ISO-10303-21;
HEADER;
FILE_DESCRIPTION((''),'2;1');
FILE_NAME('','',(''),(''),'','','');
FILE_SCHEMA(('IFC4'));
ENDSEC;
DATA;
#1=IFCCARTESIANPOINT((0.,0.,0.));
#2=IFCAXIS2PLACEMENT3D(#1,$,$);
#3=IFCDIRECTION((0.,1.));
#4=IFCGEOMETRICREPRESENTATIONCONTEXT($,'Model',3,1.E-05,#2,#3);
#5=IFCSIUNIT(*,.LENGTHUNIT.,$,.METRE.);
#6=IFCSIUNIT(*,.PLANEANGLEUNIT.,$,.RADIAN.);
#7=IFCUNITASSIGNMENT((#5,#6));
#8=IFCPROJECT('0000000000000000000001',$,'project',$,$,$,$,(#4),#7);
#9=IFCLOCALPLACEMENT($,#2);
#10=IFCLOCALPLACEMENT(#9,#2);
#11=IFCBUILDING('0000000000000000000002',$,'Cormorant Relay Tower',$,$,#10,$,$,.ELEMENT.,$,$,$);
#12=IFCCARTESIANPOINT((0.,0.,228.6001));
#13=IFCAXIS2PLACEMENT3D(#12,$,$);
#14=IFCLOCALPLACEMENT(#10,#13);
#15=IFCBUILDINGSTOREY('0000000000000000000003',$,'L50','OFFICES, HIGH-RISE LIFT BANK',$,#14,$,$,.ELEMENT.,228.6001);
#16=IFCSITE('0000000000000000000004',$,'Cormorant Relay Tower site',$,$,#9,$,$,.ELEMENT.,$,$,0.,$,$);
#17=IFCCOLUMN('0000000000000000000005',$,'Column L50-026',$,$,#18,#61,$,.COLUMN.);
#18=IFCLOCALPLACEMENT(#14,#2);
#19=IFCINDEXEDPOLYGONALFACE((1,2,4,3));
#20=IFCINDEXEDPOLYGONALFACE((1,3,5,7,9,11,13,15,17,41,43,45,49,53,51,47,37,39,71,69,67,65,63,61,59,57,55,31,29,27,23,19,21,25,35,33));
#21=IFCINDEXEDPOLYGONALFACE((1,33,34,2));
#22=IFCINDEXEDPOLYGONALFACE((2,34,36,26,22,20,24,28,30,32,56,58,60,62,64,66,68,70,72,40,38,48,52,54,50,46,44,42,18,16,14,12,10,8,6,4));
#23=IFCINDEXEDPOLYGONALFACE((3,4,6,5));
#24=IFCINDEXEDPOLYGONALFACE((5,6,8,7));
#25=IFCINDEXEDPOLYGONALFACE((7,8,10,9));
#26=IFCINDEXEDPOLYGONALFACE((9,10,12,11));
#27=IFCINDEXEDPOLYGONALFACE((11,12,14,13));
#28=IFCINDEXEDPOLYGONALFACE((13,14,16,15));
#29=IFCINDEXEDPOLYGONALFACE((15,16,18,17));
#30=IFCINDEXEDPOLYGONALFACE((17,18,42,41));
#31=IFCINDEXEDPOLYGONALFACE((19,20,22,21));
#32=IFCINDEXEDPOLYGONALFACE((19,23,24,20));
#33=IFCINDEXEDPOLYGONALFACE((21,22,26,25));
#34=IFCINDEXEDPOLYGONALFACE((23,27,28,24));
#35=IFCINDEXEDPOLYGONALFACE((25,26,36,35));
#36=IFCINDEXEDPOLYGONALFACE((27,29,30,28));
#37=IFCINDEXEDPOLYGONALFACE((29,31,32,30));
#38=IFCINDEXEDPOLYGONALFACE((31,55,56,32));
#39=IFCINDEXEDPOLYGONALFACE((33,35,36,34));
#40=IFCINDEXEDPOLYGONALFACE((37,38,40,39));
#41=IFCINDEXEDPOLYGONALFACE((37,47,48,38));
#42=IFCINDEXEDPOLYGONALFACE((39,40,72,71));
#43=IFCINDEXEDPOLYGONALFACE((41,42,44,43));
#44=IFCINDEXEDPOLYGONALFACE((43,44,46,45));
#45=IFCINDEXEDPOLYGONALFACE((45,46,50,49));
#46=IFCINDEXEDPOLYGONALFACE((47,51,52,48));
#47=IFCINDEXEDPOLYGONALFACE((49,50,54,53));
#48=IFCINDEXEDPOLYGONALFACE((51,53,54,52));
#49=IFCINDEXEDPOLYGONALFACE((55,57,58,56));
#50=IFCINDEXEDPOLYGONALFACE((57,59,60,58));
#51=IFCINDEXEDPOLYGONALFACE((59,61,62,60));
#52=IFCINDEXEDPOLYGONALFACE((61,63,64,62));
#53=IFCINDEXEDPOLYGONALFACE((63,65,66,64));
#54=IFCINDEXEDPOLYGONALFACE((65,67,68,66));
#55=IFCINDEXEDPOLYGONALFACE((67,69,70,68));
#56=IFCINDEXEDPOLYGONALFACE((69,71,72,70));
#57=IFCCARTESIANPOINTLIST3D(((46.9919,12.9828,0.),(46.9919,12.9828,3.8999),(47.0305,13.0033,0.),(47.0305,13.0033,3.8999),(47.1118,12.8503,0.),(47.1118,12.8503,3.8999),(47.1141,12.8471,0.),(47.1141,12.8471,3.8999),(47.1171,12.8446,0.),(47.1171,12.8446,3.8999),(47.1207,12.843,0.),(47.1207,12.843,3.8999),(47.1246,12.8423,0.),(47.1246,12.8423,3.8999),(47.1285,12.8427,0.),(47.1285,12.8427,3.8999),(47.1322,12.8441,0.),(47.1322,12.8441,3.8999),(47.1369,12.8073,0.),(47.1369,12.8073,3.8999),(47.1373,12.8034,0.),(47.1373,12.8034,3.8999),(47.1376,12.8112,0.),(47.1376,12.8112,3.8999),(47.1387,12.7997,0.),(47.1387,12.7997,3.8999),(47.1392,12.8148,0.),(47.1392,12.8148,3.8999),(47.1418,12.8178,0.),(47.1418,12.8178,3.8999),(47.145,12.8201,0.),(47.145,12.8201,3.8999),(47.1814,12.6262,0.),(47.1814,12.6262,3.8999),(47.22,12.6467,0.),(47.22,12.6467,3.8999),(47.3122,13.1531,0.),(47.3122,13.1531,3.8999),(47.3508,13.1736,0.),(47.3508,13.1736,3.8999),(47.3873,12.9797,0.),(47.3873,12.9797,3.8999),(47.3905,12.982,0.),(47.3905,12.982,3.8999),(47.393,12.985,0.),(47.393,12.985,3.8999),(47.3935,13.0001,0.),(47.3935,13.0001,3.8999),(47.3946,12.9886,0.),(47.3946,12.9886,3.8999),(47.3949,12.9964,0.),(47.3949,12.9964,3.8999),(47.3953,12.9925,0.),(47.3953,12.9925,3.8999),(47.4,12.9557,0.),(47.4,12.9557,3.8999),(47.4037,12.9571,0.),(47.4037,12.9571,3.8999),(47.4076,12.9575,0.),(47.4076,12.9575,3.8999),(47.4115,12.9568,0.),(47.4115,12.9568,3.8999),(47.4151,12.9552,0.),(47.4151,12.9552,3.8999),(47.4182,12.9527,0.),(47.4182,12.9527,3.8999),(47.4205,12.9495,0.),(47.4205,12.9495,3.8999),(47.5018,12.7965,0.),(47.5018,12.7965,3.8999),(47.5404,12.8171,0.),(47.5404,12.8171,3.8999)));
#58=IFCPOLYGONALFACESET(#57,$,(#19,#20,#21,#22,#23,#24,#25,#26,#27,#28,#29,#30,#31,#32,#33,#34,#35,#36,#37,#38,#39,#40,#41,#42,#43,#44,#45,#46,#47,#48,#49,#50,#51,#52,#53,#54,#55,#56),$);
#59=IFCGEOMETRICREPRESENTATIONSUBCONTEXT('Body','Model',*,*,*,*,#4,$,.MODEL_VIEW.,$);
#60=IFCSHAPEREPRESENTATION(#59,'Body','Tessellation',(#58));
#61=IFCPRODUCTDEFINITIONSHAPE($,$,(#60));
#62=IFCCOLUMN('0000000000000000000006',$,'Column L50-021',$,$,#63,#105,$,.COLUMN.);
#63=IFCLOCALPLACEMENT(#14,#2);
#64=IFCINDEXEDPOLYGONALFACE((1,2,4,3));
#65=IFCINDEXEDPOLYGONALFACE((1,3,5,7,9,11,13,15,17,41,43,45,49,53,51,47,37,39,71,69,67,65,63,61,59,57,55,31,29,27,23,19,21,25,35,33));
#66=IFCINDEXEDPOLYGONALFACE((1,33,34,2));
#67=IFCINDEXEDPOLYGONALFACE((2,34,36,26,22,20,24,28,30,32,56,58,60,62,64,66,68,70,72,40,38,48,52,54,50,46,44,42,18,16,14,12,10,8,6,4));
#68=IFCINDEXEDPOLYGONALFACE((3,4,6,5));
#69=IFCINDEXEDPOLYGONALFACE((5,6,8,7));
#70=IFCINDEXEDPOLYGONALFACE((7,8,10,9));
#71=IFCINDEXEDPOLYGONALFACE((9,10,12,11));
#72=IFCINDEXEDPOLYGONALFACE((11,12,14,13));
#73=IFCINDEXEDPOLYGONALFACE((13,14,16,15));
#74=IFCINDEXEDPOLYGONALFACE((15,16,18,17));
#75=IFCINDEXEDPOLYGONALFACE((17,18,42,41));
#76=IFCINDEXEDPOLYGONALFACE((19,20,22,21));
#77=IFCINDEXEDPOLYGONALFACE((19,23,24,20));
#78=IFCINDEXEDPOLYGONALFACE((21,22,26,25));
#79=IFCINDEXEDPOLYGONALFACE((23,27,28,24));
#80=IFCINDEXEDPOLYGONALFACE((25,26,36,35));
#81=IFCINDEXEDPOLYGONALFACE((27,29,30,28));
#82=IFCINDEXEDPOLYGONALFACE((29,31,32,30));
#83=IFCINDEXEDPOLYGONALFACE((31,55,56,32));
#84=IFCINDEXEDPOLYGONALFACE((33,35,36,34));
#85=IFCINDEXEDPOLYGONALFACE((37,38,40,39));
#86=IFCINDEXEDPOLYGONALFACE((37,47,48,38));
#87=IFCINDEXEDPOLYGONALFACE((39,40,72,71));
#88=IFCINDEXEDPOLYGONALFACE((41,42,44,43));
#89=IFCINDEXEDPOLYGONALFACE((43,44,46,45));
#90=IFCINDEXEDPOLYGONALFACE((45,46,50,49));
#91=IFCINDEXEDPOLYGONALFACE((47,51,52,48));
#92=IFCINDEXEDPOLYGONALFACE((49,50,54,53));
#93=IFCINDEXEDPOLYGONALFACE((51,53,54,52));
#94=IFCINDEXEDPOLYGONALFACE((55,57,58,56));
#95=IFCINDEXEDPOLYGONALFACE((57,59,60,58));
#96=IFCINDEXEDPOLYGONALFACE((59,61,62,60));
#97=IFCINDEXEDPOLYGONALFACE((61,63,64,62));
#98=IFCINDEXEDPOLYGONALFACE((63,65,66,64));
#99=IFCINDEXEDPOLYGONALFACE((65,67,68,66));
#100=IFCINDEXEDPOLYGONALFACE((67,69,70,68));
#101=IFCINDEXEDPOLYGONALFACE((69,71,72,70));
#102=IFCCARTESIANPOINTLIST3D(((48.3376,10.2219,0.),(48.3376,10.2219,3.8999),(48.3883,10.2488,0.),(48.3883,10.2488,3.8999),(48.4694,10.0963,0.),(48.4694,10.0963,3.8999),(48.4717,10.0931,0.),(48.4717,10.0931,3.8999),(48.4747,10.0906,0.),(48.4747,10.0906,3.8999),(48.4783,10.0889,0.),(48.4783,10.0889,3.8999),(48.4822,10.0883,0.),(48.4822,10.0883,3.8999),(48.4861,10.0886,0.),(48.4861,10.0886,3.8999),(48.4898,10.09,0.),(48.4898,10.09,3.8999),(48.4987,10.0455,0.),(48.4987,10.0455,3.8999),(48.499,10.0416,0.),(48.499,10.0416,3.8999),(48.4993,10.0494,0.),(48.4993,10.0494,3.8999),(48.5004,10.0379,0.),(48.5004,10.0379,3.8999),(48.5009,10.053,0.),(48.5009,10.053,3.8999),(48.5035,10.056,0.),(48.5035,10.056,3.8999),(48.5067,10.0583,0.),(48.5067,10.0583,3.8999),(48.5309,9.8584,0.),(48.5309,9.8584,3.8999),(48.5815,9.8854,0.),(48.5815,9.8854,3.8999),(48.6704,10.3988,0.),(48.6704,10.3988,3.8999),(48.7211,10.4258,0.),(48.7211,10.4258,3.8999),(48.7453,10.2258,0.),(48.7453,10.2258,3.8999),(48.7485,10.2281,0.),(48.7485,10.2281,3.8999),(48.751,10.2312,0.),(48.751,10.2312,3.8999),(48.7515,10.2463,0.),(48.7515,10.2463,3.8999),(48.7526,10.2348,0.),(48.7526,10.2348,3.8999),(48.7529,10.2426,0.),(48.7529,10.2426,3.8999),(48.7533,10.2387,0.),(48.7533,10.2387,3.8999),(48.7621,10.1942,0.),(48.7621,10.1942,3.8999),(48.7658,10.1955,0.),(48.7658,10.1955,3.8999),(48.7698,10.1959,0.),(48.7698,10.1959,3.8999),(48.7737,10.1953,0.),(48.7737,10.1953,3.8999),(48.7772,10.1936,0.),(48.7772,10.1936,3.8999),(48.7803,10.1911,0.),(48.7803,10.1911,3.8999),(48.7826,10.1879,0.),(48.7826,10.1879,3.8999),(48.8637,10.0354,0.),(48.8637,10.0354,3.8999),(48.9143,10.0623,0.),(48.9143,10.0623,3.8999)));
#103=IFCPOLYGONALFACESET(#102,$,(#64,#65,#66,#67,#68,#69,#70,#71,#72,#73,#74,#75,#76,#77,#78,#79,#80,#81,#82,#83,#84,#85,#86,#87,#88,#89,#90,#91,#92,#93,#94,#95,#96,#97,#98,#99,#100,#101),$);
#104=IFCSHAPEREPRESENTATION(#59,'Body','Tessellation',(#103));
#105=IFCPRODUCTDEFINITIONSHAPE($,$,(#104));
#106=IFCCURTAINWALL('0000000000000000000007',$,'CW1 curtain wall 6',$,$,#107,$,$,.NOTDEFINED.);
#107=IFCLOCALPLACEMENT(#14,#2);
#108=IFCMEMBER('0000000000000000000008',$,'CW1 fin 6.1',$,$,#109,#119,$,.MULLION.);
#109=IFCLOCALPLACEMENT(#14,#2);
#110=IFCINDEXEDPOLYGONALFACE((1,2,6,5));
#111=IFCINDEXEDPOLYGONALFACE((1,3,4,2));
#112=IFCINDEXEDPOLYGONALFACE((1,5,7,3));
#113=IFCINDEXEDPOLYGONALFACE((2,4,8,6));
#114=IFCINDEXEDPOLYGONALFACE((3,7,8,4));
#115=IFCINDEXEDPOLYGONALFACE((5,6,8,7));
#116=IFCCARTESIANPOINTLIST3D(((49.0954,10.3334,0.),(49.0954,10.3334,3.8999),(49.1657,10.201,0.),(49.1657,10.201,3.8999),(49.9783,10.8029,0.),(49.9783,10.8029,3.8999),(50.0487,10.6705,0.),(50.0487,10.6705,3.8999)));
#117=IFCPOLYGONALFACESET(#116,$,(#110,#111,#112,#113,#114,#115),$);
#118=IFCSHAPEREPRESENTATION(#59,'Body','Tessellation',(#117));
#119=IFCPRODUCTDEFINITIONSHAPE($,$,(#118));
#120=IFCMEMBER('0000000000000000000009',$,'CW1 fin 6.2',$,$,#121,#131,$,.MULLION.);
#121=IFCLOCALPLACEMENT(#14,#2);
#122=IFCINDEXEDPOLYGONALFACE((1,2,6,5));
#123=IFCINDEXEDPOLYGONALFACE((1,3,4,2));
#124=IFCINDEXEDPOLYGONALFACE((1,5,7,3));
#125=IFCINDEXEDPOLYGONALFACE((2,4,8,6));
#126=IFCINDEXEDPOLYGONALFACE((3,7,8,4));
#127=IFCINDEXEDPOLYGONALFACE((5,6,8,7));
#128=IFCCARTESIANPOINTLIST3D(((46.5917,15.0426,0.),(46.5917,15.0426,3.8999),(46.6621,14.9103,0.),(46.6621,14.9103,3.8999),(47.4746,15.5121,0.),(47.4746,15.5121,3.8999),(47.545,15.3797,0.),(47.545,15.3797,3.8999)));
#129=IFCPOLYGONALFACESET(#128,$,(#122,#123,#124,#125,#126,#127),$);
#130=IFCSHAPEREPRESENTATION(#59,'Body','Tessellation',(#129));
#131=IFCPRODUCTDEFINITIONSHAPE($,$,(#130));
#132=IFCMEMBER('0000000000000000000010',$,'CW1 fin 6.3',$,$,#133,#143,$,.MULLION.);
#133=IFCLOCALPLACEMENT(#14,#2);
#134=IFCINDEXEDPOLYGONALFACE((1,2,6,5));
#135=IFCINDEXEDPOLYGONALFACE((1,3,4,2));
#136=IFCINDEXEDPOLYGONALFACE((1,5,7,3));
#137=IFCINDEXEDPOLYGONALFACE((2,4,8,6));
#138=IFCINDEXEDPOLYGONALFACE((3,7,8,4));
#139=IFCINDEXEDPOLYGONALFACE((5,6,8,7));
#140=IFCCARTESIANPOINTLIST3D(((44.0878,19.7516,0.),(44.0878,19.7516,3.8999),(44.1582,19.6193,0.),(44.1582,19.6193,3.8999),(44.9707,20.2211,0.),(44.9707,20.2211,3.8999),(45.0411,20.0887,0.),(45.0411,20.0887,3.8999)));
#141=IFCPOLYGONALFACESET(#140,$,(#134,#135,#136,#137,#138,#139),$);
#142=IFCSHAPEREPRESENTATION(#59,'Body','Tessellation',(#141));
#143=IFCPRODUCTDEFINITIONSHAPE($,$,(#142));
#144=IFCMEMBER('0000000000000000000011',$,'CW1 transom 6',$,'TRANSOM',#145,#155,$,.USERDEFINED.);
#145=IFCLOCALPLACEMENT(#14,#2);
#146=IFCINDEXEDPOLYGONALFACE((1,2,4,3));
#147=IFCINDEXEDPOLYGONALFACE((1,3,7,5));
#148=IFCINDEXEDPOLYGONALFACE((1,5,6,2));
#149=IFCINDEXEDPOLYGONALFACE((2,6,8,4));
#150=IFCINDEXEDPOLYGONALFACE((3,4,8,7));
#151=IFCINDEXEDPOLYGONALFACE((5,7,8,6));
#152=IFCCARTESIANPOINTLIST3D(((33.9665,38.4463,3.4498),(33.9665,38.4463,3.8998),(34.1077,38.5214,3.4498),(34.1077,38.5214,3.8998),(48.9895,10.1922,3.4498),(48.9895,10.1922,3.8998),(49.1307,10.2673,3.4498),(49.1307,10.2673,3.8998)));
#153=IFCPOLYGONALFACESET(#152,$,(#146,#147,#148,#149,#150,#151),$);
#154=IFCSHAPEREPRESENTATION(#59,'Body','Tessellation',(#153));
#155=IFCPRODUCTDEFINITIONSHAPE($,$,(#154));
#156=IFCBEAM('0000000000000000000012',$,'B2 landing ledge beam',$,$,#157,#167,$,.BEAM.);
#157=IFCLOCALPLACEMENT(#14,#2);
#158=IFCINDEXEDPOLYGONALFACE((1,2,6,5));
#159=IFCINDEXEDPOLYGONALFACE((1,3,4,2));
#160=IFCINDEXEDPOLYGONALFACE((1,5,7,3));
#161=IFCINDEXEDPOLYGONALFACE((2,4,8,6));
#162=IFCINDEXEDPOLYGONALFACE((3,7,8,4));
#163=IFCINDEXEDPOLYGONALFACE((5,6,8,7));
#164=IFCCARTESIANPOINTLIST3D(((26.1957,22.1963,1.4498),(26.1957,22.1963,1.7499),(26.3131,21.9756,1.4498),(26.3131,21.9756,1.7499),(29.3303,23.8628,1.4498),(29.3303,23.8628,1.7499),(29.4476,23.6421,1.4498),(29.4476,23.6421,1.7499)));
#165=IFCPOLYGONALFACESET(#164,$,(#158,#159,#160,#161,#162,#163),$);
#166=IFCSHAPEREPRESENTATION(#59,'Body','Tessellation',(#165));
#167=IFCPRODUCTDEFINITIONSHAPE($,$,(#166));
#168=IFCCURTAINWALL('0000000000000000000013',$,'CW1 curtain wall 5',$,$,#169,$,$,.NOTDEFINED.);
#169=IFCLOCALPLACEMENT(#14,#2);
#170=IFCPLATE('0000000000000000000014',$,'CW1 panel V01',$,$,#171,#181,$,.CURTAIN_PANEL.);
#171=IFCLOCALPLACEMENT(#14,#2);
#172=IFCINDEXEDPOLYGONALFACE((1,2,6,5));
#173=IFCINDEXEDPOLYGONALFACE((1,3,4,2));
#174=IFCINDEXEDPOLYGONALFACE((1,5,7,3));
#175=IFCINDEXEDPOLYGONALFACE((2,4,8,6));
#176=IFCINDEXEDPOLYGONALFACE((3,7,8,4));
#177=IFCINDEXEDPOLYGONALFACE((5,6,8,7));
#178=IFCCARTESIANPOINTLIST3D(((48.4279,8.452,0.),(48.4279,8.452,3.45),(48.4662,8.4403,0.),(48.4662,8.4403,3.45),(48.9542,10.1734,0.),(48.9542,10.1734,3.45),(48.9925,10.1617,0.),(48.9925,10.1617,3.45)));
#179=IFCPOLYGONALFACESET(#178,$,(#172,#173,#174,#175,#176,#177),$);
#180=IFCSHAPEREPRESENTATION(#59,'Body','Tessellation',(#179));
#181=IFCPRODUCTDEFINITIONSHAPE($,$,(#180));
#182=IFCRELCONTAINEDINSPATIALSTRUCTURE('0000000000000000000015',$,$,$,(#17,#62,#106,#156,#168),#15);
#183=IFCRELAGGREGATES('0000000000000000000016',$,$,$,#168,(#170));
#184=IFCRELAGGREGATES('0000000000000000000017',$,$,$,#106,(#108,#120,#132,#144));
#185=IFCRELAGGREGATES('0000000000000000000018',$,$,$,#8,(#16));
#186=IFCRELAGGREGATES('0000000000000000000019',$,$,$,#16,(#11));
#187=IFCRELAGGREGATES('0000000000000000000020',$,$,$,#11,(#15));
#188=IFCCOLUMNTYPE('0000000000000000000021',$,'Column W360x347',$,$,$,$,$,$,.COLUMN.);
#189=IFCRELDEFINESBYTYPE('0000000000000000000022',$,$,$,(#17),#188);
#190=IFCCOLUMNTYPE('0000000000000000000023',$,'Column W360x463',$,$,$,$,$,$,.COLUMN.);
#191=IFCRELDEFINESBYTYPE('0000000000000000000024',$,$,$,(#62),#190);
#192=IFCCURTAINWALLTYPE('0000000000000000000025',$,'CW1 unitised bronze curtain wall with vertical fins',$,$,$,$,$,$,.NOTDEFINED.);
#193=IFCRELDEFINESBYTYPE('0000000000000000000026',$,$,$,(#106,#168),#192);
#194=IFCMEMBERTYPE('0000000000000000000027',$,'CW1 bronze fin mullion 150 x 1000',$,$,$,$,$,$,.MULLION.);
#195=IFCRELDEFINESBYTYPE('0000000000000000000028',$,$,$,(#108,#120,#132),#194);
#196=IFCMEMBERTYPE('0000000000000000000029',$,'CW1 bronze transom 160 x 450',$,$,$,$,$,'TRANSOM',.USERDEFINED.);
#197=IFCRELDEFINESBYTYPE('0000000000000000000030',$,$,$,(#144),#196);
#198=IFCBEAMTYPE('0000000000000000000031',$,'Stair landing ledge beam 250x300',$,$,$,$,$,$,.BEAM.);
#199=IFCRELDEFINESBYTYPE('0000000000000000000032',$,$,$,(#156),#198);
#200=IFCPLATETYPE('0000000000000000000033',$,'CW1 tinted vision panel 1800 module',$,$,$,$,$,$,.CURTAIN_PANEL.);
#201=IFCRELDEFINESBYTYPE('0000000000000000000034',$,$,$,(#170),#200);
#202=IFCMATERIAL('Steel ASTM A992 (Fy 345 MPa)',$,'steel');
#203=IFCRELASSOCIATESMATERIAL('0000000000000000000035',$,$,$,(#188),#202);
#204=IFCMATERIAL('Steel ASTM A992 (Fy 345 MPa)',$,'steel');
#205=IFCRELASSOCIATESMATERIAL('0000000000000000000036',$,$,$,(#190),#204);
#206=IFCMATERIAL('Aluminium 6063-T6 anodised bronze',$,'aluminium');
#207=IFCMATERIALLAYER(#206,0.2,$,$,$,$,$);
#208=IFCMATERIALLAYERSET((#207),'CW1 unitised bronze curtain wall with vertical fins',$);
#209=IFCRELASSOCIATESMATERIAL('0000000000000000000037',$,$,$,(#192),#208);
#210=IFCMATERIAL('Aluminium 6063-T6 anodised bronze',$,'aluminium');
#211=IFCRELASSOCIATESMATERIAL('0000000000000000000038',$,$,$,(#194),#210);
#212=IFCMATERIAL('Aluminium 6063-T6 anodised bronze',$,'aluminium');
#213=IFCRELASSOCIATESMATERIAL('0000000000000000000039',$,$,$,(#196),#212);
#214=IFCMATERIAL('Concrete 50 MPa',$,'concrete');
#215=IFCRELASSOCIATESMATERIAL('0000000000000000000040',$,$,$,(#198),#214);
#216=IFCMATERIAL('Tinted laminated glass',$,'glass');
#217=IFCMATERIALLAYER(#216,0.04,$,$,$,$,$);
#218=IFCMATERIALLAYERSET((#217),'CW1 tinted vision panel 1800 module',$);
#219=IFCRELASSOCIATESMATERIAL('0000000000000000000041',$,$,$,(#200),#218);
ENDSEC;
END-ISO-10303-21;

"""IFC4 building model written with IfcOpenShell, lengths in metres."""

from ifc_helpers import new_model, si_unit, direction, frame, origin, origin_2d, place, context, subcontext, project, spatial, rectangle, i_section, extrude, material, layer, layer_set, material_profile, profile_set, type_object, element, aggregate, save


model = new_model("IFC4")

# Units and contexts
model_context = context("Model", 3, precision=1e-05, world=origin(), true_north=direction((0.0, 1.0)))
body_context = subcontext(model_context, "Body", "Model", "MODEL_VIEW")
ifc_project = project(units=[si_unit("LENGTHUNIT", "METRE"), si_unit("PLANEANGLEUNIT", "RADIAN")], contexts=[model_context])

# Site, building, storey
site_placement = place(None, origin())
site = spatial("IfcSite", under=ifc_project, at=site_placement, Name="Cormorant Relay Tower site", CompositionType="ELEMENT", RefElevation=0.0)
building_placement = place(site_placement, origin())
building = spatial("IfcBuilding", under=site, at=building_placement, Name="Cormorant Relay Tower", CompositionType="ELEMENT")
storey_placement = place(building_placement, frame((0.0, 0.0, 228.6001)))
storey = spatial("IfcBuildingStorey", under=building, at=storey_placement, Name="L50", Description="OFFICES, HIGH-RISE LIFT BANK", CompositionType="ELEMENT", Elevation=228.6001)

# Columns
ifc_material_1 = material(Name="Steel ASTM A992 (Fy 345 MPa)", Category="steel")
ifc_material_profile_1 = material_profile(ifc_material_1, i_section(OverallWidth=0.4038, OverallDepth=0.4065, WebThickness=0.0271, FlangeThickness=0.0437, FilletRadius=0.0151, at=origin_2d()), Name="W360x347")
ifc_profile_set_1 = profile_set([ifc_material_profile_1], Name="Steel ASTM A992 (Fy 345 MPa)")
column_type_1 = type_object("IfcColumnType", Name="Column W360x347", PredefinedType="COLUMN", material=ifc_profile_set_1)
column_1_placement = place(storey_placement, frame((47.2661, 12.8999, 0.0), z_axis=(0.0, 0.0, 1.0), x_axis=(-0.469472, 0.882948, 0.0)))
element("IfcColumn", 1, at=column_1_placement, inside=storey, type_object=column_type_1, Name="Column L50-026", PredefinedType="COLUMN", context=body_context, shape_type="SweptSolid", body=[
    extrude(i_section(OverallWidth=0.4038, OverallDepth=0.4065, WebThickness=0.0271, FlangeThickness=0.0437, FilletRadius=0.0151, at=origin_2d()), origin(), (0.0, 0.0, 1.0), 3.8999),
])
ifc_material_2 = material(Name="Steel ASTM A992 (Fy 345 MPa)", Category="steel")
ifc_material_profile_2 = material_profile(ifc_material_2, i_section(OverallWidth=0.4116, OverallDepth=0.4343, WebThickness=0.0359, FlangeThickness=0.0574, FilletRadius=0.0151, at=origin_2d()), Name="W360x463")
ifc_profile_set_2 = profile_set([ifc_material_profile_2], Name="Steel ASTM A992 (Fy 345 MPa)")
column_type_2 = type_object("IfcColumnType", Name="Column W360x463", PredefinedType="COLUMN", material=ifc_profile_set_2)
column_2_placement = place(storey_placement, frame((48.626, 10.1421, 0.0), z_axis=(0.0, 0.0, 1.0), x_axis=(-0.469472, 0.882948, 0.0)))
element("IfcColumn", 2, at=column_2_placement, inside=storey, type_object=column_type_2, Name="Column L50-021", PredefinedType="COLUMN", context=body_context, shape_type="SweptSolid", body=[
    extrude(i_section(OverallWidth=0.4116, OverallDepth=0.4343, WebThickness=0.0359, FlangeThickness=0.0574, FilletRadius=0.0151, at=origin_2d()), origin(), (0.0, 0.0, 1.0), 3.8999),
])

# Curtain wall, members
ifc_material_3 = material(Name="Aluminium 6063-T6 anodised bronze", Category="aluminium")
ifc_layer_1 = layer(ifc_material_3, 0.2)
ifc_layer_set_1 = layer_set([ifc_layer_1], Name="CW1 unitised bronze curtain wall with vertical fins")
curtain_wall_type = type_object("IfcCurtainWallType", Name="CW1 unitised bronze curtain wall with vertical fins", PredefinedType="NOTDEFINED", material=ifc_layer_set_1)
curtain_wall_1_placement = place(storey_placement, origin())
curtain_wall_1 = element("IfcCurtainWall", 3, at=curtain_wall_1_placement, inside=storey, type_object=curtain_wall_type, Name="CW1 curtain wall 6", PredefinedType="NOTDEFINED")
ifc_material_4 = material(Name="Aluminium 6063-T6 anodised bronze", Category="aluminium")
ifc_material_profile_3 = material_profile(ifc_material_4, rectangle(XDim=0.1499, YDim=1.0, at=origin_2d()), Name="AL 150x1000")
ifc_profile_set_3 = profile_set([ifc_material_profile_3], Name="Aluminium 6063-T6 anodised bronze")
member_type_1 = type_object("IfcMemberType", Name="CW1 bronze fin mullion 150 x 1000", PredefinedType="MULLION", material=ifc_profile_set_3)
member_1_placement = place(storey_placement, frame((49.572, 10.502, 0.0), z_axis=(0.0, 0.0, 1.0), x_axis=(-0.469472, 0.882948, 0.0)))
member_1 = element("IfcMember", 4, at=member_1_placement, type_object=member_type_1, Name="CW1 fin 6.1", PredefinedType="MULLION", context=body_context, shape_type="SweptSolid", body=[
    extrude(rectangle(XDim=0.1499, YDim=1.0, at=origin_2d()), origin(), (0.0, 0.0, 1.0), 3.8999),
])
member_2_placement = place(storey_placement, frame((47.0684, 15.2112, 0.0), z_axis=(0.0, 0.0, 1.0), x_axis=(-0.469472, 0.882948, 0.0)))
member_2 = element("IfcMember", 5, at=member_2_placement, type_object=member_type_1, Name="CW1 fin 6.2", PredefinedType="MULLION", context=body_context, shape_type="SweptSolid", body=[
    extrude(rectangle(XDim=0.1499, YDim=1.0, at=origin_2d()), origin(), (0.0, 0.0, 1.0), 3.8999),
])
member_3_placement = place(storey_placement, frame((44.5645, 19.9202, 0.0), z_axis=(0.0, 0.0, 1.0), x_axis=(-0.469472, 0.882948, 0.0)))
member_3 = element("IfcMember", 6, at=member_3_placement, type_object=member_type_1, Name="CW1 fin 6.3", PredefinedType="MULLION", context=body_context, shape_type="SweptSolid", body=[
    extrude(rectangle(XDim=0.1499, YDim=1.0, at=origin_2d()), origin(), (0.0, 0.0, 1.0), 3.8999),
])
ifc_material_5 = material(Name="Aluminium 6063-T6 anodised bronze", Category="aluminium")
ifc_material_profile_4 = material_profile(ifc_material_5, rectangle(XDim=0.1599, YDim=0.45, at=origin_2d()), Name="AL 160x450")
ifc_profile_set_4 = profile_set([ifc_material_profile_4], Name="Aluminium 6063-T6 anodised bronze")
member_type_2 = type_object("IfcMemberType", Name="CW1 bronze transom 160 x 450", ElementType="TRANSOM", PredefinedType="USERDEFINED", material=ifc_profile_set_4)
member_4_placement = place(storey_placement, frame((49.0601, 10.2297, 3.6748), z_axis=(-0.46947, 0.882948, 0.0), x_axis=(-0.882948, -0.46947, 0.0)))
member_4 = element("IfcMember", 7, at=member_4_placement, type_object=member_type_2, Name="CW1 transom 6", ObjectType="TRANSOM", PredefinedType="USERDEFINED", context=body_context, shape_type="SweptSolid", body=[
    extrude(rectangle(XDim=0.1599, YDim=0.45, at=origin_2d()), origin(), (0.0, 0.0, 1.0), 31.9998),
])

# Beam
ifc_material_6 = material(Name="Concrete 50 MPa", Category="concrete")
ifc_material_profile_5 = material_profile(ifc_material_6, rectangle(XDim=0.25, YDim=0.3, at=origin_2d()), Name="RC 250x300")
ifc_profile_set_5 = profile_set([ifc_material_profile_5], Name="Concrete 50 MPa")
beam_type = type_object("IfcBeamType", Name="Stair landing ledge beam 250x300", PredefinedType="BEAM", material=ifc_profile_set_5)
beam_placement = place(storey_placement, frame((26.2544, 22.0859, 1.5999), z_axis=(0.882965, 0.469438, 0.0), x_axis=(-0.469438, 0.882965, 0.0)))
element("IfcBeam", 8, at=beam_placement, inside=storey, type_object=beam_type, Name="B2 landing ledge beam", PredefinedType="BEAM", context=body_context, shape_type="SweptSolid", body=[
    extrude(rectangle(XDim=0.25, YDim=0.3, at=origin_2d()), origin(), (0.0, 0.0, 1.0), 3.55),
])

# Curtain wall, plate
curtain_wall_2_placement = place(storey_placement, origin())
curtain_wall_2 = element("IfcCurtainWall", 9, at=curtain_wall_2_placement, inside=storey, type_object=curtain_wall_type, Name="CW1 curtain wall 5", PredefinedType="NOTDEFINED")
ifc_material_7 = material(Name="Tinted laminated glass", Category="glass")
ifc_layer_2 = layer(ifc_material_7, 0.04)
ifc_layer_set_2 = layer_set([ifc_layer_2], Name="CW1 tinted vision panel 1800 module")
plate_type = type_object("IfcPlateType", Name="CW1 tinted vision panel 1800 module", PredefinedType="CURTAIN_PANEL", material=ifc_layer_set_2)
plate_1_placement = place(storey_placement, frame((48.7102, 9.3069, 0.0), z_axis=(0.0, 0.0, 1.0), x_axis=(0.292372, 0.956305, 0.0)))
plate_1 = element("IfcPlate", 10, at=plate_1_placement, type_object=plate_type, Name="CW1 panel V01", PredefinedType="CURTAIN_PANEL", context=body_context, shape_type="SweptSolid", body=[
    extrude(rectangle(XDim=1.8, YDim=0.04, at=origin_2d()), origin(), (0.0, 0.0, 1.0), 3.45),
])

aggregate(curtain_wall_2, [plate_1])
aggregate(curtain_wall_1, [member_1, member_2, member_3, member_4])

save(model, "model.ifc")
